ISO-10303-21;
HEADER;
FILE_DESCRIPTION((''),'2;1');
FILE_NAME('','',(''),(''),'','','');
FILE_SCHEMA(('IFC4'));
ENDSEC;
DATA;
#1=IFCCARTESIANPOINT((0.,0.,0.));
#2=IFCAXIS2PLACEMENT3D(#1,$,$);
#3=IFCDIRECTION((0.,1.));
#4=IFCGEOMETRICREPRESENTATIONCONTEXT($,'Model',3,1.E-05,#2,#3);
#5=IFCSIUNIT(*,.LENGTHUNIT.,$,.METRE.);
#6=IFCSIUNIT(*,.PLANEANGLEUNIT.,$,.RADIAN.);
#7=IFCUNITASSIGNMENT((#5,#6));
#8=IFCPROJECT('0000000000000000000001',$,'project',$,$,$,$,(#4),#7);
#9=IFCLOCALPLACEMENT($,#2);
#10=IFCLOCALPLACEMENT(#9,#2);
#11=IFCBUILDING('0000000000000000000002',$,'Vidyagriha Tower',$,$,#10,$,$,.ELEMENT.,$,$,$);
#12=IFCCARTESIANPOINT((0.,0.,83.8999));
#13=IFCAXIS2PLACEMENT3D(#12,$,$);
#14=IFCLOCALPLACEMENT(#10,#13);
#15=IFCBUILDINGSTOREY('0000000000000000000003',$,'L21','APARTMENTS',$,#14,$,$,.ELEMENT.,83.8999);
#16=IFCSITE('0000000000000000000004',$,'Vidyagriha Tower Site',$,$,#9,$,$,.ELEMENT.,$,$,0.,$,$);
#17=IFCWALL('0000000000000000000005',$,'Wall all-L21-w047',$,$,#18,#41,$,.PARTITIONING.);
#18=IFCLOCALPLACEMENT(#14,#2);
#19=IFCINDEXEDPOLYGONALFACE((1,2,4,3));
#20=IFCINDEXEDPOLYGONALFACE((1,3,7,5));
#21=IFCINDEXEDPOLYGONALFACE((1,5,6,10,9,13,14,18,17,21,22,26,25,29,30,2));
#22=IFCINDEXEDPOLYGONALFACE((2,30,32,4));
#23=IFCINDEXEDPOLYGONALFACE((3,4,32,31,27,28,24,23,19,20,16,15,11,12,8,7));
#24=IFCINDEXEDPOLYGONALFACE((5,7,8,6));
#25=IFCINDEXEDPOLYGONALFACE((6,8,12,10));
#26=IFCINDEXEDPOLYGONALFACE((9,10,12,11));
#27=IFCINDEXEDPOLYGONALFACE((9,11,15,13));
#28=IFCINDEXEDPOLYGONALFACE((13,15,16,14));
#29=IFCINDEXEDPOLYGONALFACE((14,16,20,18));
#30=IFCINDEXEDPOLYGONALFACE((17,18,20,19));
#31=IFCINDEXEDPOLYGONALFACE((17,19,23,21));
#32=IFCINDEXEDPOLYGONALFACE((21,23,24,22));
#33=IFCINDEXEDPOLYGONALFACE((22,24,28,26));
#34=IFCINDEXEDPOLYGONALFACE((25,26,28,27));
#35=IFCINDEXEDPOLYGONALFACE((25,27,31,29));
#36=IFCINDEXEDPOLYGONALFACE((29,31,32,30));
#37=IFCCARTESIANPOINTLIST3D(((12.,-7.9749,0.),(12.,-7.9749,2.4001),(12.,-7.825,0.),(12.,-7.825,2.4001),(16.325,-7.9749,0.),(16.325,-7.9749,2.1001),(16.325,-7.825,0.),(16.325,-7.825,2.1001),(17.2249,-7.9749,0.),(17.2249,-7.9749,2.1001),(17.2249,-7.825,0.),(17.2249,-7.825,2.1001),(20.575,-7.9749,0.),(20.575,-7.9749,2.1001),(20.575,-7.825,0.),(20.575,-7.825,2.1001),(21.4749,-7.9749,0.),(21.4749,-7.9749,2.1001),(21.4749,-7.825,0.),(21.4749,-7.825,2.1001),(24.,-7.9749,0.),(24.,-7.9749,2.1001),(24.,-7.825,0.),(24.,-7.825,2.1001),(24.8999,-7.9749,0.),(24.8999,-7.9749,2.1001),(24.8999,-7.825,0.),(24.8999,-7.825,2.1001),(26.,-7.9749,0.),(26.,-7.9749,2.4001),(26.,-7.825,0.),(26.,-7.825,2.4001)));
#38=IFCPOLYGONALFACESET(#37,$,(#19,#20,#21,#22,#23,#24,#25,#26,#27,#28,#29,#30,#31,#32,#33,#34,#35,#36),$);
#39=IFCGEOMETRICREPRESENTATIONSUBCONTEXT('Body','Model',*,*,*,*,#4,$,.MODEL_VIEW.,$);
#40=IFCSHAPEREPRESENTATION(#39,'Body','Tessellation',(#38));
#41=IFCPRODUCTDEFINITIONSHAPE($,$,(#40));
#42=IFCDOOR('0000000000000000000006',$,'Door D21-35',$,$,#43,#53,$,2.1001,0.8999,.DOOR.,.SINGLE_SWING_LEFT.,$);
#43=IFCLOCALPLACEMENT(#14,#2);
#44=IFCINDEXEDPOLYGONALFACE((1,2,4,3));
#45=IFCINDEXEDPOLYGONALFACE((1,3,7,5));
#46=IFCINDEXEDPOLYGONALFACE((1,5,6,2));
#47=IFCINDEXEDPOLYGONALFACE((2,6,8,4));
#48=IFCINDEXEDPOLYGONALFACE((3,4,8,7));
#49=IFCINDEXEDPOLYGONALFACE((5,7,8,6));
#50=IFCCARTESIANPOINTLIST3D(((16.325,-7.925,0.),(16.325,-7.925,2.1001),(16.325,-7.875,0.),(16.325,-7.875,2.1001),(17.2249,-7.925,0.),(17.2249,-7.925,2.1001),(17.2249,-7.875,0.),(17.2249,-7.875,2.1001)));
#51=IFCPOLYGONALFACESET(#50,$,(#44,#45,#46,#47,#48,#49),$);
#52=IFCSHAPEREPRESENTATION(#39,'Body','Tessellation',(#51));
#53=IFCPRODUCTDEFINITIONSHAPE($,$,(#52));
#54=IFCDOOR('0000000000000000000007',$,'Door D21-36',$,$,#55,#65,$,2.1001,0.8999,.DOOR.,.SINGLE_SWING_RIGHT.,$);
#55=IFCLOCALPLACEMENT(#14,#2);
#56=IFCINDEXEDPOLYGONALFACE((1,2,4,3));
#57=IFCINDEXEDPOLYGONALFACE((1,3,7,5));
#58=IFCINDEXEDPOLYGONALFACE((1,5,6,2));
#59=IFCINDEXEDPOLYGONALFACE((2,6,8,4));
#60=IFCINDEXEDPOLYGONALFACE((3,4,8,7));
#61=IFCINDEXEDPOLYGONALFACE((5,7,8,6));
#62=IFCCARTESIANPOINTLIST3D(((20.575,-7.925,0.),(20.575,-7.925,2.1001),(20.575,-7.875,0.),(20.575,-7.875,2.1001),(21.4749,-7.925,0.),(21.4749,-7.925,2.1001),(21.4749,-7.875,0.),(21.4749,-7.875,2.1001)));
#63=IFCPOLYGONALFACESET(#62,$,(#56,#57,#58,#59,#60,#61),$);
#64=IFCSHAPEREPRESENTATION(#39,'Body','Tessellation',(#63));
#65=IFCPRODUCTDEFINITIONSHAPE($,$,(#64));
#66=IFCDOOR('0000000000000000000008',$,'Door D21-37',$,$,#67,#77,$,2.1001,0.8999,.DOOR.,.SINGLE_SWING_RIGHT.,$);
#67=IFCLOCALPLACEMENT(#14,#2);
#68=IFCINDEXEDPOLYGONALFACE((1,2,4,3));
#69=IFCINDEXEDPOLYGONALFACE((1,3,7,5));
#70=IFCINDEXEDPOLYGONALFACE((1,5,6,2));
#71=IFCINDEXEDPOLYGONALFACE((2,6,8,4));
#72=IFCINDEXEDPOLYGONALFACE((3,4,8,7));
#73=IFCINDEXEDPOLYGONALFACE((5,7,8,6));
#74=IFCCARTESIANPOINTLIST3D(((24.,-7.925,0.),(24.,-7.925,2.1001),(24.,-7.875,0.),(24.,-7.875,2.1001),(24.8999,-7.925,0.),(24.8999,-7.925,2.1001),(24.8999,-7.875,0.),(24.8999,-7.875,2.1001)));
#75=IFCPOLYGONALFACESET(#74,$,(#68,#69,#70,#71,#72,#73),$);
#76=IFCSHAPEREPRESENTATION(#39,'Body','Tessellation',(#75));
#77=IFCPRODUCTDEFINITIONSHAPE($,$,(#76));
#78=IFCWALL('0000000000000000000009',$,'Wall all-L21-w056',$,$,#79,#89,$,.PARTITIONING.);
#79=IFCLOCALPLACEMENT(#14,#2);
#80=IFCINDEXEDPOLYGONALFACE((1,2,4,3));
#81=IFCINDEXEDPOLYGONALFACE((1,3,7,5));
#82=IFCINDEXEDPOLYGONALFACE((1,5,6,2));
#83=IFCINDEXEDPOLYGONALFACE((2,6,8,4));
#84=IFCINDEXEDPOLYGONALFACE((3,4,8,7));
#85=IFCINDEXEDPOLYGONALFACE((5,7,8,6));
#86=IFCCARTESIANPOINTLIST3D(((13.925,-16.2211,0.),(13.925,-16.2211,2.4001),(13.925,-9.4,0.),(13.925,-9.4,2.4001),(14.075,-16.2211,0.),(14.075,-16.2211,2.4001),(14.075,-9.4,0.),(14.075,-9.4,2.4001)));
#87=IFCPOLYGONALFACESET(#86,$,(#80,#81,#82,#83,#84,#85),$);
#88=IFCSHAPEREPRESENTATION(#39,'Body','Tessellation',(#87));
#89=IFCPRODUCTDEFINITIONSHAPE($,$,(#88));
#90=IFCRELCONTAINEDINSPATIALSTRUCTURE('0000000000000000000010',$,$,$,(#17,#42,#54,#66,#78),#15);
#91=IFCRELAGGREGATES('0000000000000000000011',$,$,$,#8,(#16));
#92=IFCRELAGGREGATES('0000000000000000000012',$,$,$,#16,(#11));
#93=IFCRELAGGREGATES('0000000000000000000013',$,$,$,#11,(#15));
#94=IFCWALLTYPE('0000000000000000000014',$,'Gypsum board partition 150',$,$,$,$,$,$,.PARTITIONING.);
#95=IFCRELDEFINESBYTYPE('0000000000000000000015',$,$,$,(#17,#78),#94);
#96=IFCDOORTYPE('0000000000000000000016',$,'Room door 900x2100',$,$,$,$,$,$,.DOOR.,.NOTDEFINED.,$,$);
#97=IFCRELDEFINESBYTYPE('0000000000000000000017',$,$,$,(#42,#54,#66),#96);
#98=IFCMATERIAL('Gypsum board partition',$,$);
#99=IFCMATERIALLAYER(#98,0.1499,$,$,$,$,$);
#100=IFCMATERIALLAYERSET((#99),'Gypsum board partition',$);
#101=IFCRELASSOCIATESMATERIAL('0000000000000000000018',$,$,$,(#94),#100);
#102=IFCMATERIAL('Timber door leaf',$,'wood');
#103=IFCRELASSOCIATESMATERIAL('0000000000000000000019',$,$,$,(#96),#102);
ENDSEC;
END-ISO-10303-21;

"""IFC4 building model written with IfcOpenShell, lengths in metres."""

from ifc_helpers import new_model, si_unit, direction, frame, frame_2d, origin, place, context, subcontext, project, spatial, rectangle, extrude, material, layer, layer_set, type_object, element, fill, save


model = new_model("IFC4")

# Units and contexts
model_context = context("Model", 3, precision=1e-05, world=origin(), true_north=direction((0.0, 1.0)))
body_context = subcontext(model_context, "Body", "Model", "MODEL_VIEW")
ifc_project = project(units=[si_unit("LENGTHUNIT", "METRE"), si_unit("PLANEANGLEUNIT", "RADIAN")], contexts=[model_context])

# Site, building, storey
site_placement = place(None, origin())
site = spatial("IfcSite", under=ifc_project, at=site_placement, Name="Vidyagriha Tower Site", CompositionType="ELEMENT", RefElevation=0.0)
building_placement = place(site_placement, origin())
building = spatial("IfcBuilding", under=site, at=building_placement, Name="Vidyagriha Tower", CompositionType="ELEMENT")
storey_placement = place(building_placement, frame((0.0, 0.0, 83.8999)))
storey = spatial("IfcBuildingStorey", under=building, at=storey_placement, Name="L21", Description="APARTMENTS", CompositionType="ELEMENT", Elevation=83.8999)

# Wall, openings, doors
ifc_material_1 = material(Name="Gypsum board partition")
ifc_layer_1 = layer(ifc_material_1, 0.1499)
ifc_layer_set_1 = layer_set([ifc_layer_1], Name="Gypsum board partition")
wall_type_1 = type_object("IfcWallType", Name="Gypsum board partition 150", PredefinedType="PARTITIONING", material=ifc_layer_set_1)
ifc_material_2 = material(Name="Timber door leaf", Category="wood")
door_type_1 = type_object("IfcDoorType", Name="Room door 900x2100", OperationType="NOTDEFINED", PredefinedType="DOOR", material=ifc_material_2)
wall_1_placement = place(storey_placement, frame((12.0, -7.8999, 0.0)))
wall_1 = element("IfcWall", 1, at=wall_1_placement, inside=storey, type_object=wall_type_1, Name="Wall all-L21-w047", PredefinedType="PARTITIONING", context=body_context, shape_type="SweptSolid", body=[
    extrude(rectangle(XDim=14.0, YDim=0.1499, at=frame_2d((7.0, 0.0))), origin(), (0.0, 0.0, 1.0), 2.4001),
])
opening_1_placement = place(wall_1_placement, frame((4.325, 0.0, 0.0)))
opening_1 = element("IfcOpeningElement", 2, at=opening_1_placement, cuts=wall_1, PredefinedType="OPENING", context=body_context, shape_type="SweptSolid", body=[
    extrude(rectangle(XDim=0.8999, YDim=2.1001, at=frame_2d((0.45, 1.05))), frame((0.0, 0.085, 0.0), z_axis=(0.0, -1.0, 0.0), x_axis=(1.0, 0.0, 0.0)), (0.0, 0.0, 1.0), 0.1699),
])
opening_2_placement = place(wall_1_placement, frame((8.575, 0.0, 0.0)))
opening_2 = element("IfcOpeningElement", 3, at=opening_2_placement, cuts=wall_1, PredefinedType="OPENING", context=body_context, shape_type="SweptSolid", body=[
    extrude(rectangle(XDim=0.8999, YDim=2.1001, at=frame_2d((0.45, 1.05))), frame((0.0, 0.085, 0.0), z_axis=(0.0, -1.0, 0.0), x_axis=(1.0, 0.0, 0.0)), (0.0, 0.0, 1.0), 0.1699),
])
opening_3_placement = place(wall_1_placement, frame((12.0, 0.0, 0.0)))
opening_3 = element("IfcOpeningElement", 4, at=opening_3_placement, cuts=wall_1, PredefinedType="OPENING", context=body_context, shape_type="SweptSolid", body=[
    extrude(rectangle(XDim=0.8999, YDim=2.1001, at=frame_2d((0.45, 1.05))), frame((0.0, 0.085, 0.0), z_axis=(0.0, -1.0, 0.0), x_axis=(1.0, 0.0, 0.0)), (0.0, 0.0, 1.0), 0.1699),
])
door_1_placement = place(opening_1_placement, origin())
door_1 = element("IfcDoor", 5, at=door_1_placement, inside=storey, type_object=door_type_1, Name="Door D21-35", OperationType="SINGLE_SWING_LEFT", OverallHeight=2.1001, OverallWidth=0.8999, PredefinedType="DOOR", context=body_context, shape_type="SweptSolid", body=[
    extrude(rectangle(XDim=0.8999, YDim=2.1001, at=frame_2d((0.45, 1.05))), frame((0.0, 0.0249, 0.0), z_axis=(0.0, -1.0, 0.0), x_axis=(1.0, 0.0, 0.0)), (0.0, 0.0, 1.0), 0.05),
])
fill(opening_1, door_1)
door_2_placement = place(opening_2_placement, origin())
door_2 = element("IfcDoor", 6, at=door_2_placement, inside=storey, type_object=door_type_1, Name="Door D21-36", OperationType="SINGLE_SWING_RIGHT", OverallHeight=2.1001, OverallWidth=0.8999, PredefinedType="DOOR", context=body_context, shape_type="SweptSolid", body=[
    extrude(rectangle(XDim=0.8999, YDim=2.1001, at=frame_2d((0.45, 1.05))), frame((0.0, 0.0249, 0.0), z_axis=(0.0, -1.0, 0.0), x_axis=(1.0, 0.0, 0.0)), (0.0, 0.0, 1.0), 0.05),
])
fill(opening_2, door_2)
door_3_placement = place(opening_3_placement, origin())
door_3 = element("IfcDoor", 7, at=door_3_placement, inside=storey, type_object=door_type_1, Name="Door D21-37", OperationType="SINGLE_SWING_RIGHT", OverallHeight=2.1001, OverallWidth=0.8999, PredefinedType="DOOR", context=body_context, shape_type="SweptSolid", body=[
    extrude(rectangle(XDim=0.8999, YDim=2.1001, at=frame_2d((0.45, 1.05))), frame((0.0, 0.0249, 0.0), z_axis=(0.0, -1.0, 0.0), x_axis=(1.0, 0.0, 0.0)), (0.0, 0.0, 1.0), 0.05),
])
fill(opening_3, door_3)

# Wall
wall_2_placement = place(storey_placement, frame((14.0, -9.3999, 0.0), z_axis=(0.0, 0.0, 1.0), x_axis=(0.0, -1.0, 0.0)))
element("IfcWall", 8, at=wall_2_placement, inside=storey, type_object=wall_type_1, Name="Wall all-L21-w056", PredefinedType="PARTITIONING", context=body_context, shape_type="SweptSolid", body=[
    extrude(rectangle(XDim=6.821, YDim=0.1499, at=frame_2d((3.4106, 0.0))), origin(), (0.0, 0.0, 1.0), 2.4001),
])

save(model, "model.ifc")
